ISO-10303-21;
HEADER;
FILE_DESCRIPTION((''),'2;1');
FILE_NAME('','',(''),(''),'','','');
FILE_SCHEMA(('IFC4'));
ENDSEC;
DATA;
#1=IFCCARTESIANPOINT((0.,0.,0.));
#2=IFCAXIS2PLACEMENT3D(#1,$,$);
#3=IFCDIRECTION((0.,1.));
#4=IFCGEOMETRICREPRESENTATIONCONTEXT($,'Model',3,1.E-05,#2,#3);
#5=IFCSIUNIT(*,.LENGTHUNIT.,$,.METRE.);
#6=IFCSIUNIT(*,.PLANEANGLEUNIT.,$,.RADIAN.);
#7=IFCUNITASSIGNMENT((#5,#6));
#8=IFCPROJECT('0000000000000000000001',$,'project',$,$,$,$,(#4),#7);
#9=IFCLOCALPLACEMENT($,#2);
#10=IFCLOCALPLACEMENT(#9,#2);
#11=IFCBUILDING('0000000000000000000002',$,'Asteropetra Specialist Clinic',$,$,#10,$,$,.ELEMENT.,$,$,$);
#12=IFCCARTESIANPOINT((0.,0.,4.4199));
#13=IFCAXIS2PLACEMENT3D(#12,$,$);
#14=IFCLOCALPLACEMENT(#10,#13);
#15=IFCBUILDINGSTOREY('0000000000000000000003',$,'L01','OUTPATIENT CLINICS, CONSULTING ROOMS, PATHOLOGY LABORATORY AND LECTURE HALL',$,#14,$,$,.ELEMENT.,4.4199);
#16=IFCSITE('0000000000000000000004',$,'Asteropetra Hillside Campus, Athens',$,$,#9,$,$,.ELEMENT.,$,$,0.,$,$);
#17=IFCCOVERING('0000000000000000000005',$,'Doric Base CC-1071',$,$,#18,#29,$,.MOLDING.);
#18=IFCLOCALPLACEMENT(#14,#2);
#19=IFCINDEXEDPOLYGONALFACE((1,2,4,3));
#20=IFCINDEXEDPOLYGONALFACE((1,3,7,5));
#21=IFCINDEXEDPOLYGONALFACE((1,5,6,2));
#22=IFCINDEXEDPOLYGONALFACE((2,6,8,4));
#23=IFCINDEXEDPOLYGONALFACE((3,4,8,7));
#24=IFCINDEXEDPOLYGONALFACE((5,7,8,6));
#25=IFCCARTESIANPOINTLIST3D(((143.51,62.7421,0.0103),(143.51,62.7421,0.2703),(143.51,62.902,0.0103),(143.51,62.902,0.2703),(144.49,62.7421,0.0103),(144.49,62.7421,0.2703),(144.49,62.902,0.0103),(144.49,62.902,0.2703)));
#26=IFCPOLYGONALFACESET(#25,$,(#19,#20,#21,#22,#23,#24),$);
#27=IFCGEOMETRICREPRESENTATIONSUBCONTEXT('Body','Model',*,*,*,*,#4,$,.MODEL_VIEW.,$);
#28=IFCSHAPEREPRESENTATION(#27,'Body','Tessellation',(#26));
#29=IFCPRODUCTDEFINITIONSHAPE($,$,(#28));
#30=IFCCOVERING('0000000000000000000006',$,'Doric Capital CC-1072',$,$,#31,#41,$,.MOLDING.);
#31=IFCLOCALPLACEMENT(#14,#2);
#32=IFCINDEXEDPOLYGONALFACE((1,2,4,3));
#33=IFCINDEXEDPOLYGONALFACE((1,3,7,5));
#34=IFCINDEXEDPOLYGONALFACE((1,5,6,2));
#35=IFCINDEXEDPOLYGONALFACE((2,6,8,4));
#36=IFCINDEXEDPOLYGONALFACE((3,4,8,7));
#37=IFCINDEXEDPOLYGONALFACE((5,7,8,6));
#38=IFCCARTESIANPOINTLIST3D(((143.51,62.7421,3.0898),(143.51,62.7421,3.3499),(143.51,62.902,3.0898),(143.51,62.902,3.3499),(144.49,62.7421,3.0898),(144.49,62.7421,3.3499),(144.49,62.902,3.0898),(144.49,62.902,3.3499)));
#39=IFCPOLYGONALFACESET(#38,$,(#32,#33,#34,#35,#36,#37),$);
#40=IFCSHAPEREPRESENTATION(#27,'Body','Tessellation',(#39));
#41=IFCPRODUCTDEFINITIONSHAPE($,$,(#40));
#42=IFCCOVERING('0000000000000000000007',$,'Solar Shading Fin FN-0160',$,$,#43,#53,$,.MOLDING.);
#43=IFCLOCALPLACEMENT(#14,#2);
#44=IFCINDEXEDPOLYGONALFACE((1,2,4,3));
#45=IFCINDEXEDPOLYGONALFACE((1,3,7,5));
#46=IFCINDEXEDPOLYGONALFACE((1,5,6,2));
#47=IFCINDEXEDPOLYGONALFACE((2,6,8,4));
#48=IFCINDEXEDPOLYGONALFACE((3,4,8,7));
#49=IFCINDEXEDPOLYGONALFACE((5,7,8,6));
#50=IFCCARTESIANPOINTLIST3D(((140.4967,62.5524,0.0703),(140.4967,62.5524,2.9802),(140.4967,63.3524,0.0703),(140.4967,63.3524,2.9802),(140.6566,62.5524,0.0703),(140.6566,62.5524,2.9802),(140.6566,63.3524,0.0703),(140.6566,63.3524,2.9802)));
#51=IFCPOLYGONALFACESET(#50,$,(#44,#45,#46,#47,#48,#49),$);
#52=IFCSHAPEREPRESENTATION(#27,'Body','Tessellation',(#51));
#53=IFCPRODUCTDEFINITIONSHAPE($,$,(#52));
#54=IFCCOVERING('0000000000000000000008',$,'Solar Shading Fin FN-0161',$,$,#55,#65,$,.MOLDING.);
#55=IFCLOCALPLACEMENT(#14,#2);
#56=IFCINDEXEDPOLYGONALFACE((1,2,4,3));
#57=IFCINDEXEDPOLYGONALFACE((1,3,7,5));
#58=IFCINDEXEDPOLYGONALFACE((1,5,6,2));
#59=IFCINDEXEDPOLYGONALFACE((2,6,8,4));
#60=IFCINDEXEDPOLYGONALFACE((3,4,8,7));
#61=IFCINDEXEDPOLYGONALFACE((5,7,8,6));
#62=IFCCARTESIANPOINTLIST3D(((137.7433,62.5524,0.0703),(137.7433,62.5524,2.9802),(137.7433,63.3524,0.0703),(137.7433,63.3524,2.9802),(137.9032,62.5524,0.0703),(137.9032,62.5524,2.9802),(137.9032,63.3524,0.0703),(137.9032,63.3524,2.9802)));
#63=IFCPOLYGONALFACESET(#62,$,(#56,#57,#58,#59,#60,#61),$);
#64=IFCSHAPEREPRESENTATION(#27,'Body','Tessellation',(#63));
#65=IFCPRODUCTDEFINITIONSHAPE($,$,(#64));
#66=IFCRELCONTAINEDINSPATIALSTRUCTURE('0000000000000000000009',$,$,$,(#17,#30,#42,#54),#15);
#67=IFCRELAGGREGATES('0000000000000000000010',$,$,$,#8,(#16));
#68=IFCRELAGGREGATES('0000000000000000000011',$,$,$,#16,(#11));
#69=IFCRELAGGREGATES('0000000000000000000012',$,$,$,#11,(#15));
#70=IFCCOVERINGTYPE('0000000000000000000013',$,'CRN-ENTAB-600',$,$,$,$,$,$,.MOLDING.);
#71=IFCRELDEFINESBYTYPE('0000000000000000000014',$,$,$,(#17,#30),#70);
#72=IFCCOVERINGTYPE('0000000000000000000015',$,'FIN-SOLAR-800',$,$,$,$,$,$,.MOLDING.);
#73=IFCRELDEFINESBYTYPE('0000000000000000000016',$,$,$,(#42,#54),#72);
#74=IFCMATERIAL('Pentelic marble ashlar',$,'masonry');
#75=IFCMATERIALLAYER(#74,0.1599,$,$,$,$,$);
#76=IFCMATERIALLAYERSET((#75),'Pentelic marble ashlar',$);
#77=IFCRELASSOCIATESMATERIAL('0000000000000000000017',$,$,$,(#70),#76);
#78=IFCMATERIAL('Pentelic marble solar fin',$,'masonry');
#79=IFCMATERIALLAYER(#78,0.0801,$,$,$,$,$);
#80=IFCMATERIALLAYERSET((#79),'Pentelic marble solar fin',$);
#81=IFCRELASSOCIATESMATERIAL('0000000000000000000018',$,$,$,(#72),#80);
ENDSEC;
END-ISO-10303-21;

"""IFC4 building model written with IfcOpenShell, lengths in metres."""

from ifc_helpers import new_model, si_unit, direction, frame, origin, origin_2d, place, context, subcontext, project, spatial, rectangle, extrude, material, layer, layer_set, type_object, element, save


model = new_model("IFC4")

# Units and contexts
model_context = context("Model", 3, precision=1e-05, world=origin(), true_north=direction((0.0, 1.0)))
body_context = subcontext(model_context, "Body", "Model", "MODEL_VIEW")
ifc_project = project(units=[si_unit("LENGTHUNIT", "METRE"), si_unit("PLANEANGLEUNIT", "RADIAN")], contexts=[model_context])

# Site, building, storey
site_placement = place(None, origin())
site = spatial("IfcSite", under=ifc_project, at=site_placement, Name="Asteropetra Hillside Campus, Athens", CompositionType="ELEMENT", RefElevation=0.0)
building_placement = place(site_placement, origin())
building = spatial("IfcBuilding", under=site, at=building_placement, Name="Asteropetra Specialist Clinic", CompositionType="ELEMENT")
storey_placement = place(building_placement, frame((0.0, 0.0, 4.4199)))
storey = spatial("IfcBuildingStorey", under=building, at=storey_placement, Name="L01", Description="OUTPATIENT CLINICS, CONSULTING ROOMS, PATHOLOGY LABORATORY AND LECTURE HALL", CompositionType="ELEMENT", Elevation=4.4199)

# Coverings
ifc_material_1 = material(Name="Pentelic marble ashlar", Category="masonry")
ifc_layer_1 = layer(ifc_material_1, 0.1599)
ifc_layer_set_1 = layer_set([ifc_layer_1], Name="Pentelic marble ashlar")
covering_type_1 = type_object("IfcCoveringType", Name="CRN-ENTAB-600", PredefinedType="MOLDING", material=ifc_layer_set_1)
for number, where, z_axis, x_axis, name in (
    (1, (144.0, 62.822, 0.0103), (0.0, 0.0, 1.0), (1.0, 0.0, 0.0), "Doric Base CC-1071"),
    (2, (144.0, 62.822, 3.0898), (0.0, 0.0, 1.0), (1.0, 0.0, 0.0), "Doric Capital CC-1072"),
):
    element("IfcCovering", number, at=place(storey_placement, frame(where, z_axis=z_axis, x_axis=x_axis)), inside=storey, type_object=covering_type_1, Name=name, PredefinedType="MOLDING", context=body_context, shape_type="SweptSolid", body=[
        extrude(rectangle(XDim=0.98, YDim=0.1599, at=origin_2d()), origin(), (0.0, 0.0, 1.0), 0.26),
    ])
ifc_material_2 = material(Name="Pentelic marble solar fin", Category="masonry")
ifc_layer_2 = layer(ifc_material_2, 0.0801)
ifc_layer_set_2 = layer_set([ifc_layer_2], Name="Pentelic marble solar fin")
covering_type_2 = type_object("IfcCoveringType", Name="FIN-SOLAR-800", PredefinedType="MOLDING", material=ifc_layer_set_2)
for number, where, z_axis, x_axis, name in (
    (3, (140.5767, 62.9524, 0.0703), (0.0, 0.0, 1.0), (1.0, 0.0, 0.0), "Solar Shading Fin FN-0160"),
    (4, (137.8232, 62.9524, 0.0703), (0.0, 0.0, 1.0), (1.0, 0.0, 0.0), "Solar Shading Fin FN-0161"),
):
    element("IfcCovering", number, at=place(storey_placement, frame(where, z_axis=z_axis, x_axis=x_axis)), inside=storey, type_object=covering_type_2, Name=name, PredefinedType="MOLDING", context=body_context, shape_type="SweptSolid", body=[
        extrude(rectangle(XDim=0.1599, YDim=0.8, at=origin_2d()), origin(), (0.0, 0.0, 1.0), 2.9099),
    ])

save(model, "model.ifc")
